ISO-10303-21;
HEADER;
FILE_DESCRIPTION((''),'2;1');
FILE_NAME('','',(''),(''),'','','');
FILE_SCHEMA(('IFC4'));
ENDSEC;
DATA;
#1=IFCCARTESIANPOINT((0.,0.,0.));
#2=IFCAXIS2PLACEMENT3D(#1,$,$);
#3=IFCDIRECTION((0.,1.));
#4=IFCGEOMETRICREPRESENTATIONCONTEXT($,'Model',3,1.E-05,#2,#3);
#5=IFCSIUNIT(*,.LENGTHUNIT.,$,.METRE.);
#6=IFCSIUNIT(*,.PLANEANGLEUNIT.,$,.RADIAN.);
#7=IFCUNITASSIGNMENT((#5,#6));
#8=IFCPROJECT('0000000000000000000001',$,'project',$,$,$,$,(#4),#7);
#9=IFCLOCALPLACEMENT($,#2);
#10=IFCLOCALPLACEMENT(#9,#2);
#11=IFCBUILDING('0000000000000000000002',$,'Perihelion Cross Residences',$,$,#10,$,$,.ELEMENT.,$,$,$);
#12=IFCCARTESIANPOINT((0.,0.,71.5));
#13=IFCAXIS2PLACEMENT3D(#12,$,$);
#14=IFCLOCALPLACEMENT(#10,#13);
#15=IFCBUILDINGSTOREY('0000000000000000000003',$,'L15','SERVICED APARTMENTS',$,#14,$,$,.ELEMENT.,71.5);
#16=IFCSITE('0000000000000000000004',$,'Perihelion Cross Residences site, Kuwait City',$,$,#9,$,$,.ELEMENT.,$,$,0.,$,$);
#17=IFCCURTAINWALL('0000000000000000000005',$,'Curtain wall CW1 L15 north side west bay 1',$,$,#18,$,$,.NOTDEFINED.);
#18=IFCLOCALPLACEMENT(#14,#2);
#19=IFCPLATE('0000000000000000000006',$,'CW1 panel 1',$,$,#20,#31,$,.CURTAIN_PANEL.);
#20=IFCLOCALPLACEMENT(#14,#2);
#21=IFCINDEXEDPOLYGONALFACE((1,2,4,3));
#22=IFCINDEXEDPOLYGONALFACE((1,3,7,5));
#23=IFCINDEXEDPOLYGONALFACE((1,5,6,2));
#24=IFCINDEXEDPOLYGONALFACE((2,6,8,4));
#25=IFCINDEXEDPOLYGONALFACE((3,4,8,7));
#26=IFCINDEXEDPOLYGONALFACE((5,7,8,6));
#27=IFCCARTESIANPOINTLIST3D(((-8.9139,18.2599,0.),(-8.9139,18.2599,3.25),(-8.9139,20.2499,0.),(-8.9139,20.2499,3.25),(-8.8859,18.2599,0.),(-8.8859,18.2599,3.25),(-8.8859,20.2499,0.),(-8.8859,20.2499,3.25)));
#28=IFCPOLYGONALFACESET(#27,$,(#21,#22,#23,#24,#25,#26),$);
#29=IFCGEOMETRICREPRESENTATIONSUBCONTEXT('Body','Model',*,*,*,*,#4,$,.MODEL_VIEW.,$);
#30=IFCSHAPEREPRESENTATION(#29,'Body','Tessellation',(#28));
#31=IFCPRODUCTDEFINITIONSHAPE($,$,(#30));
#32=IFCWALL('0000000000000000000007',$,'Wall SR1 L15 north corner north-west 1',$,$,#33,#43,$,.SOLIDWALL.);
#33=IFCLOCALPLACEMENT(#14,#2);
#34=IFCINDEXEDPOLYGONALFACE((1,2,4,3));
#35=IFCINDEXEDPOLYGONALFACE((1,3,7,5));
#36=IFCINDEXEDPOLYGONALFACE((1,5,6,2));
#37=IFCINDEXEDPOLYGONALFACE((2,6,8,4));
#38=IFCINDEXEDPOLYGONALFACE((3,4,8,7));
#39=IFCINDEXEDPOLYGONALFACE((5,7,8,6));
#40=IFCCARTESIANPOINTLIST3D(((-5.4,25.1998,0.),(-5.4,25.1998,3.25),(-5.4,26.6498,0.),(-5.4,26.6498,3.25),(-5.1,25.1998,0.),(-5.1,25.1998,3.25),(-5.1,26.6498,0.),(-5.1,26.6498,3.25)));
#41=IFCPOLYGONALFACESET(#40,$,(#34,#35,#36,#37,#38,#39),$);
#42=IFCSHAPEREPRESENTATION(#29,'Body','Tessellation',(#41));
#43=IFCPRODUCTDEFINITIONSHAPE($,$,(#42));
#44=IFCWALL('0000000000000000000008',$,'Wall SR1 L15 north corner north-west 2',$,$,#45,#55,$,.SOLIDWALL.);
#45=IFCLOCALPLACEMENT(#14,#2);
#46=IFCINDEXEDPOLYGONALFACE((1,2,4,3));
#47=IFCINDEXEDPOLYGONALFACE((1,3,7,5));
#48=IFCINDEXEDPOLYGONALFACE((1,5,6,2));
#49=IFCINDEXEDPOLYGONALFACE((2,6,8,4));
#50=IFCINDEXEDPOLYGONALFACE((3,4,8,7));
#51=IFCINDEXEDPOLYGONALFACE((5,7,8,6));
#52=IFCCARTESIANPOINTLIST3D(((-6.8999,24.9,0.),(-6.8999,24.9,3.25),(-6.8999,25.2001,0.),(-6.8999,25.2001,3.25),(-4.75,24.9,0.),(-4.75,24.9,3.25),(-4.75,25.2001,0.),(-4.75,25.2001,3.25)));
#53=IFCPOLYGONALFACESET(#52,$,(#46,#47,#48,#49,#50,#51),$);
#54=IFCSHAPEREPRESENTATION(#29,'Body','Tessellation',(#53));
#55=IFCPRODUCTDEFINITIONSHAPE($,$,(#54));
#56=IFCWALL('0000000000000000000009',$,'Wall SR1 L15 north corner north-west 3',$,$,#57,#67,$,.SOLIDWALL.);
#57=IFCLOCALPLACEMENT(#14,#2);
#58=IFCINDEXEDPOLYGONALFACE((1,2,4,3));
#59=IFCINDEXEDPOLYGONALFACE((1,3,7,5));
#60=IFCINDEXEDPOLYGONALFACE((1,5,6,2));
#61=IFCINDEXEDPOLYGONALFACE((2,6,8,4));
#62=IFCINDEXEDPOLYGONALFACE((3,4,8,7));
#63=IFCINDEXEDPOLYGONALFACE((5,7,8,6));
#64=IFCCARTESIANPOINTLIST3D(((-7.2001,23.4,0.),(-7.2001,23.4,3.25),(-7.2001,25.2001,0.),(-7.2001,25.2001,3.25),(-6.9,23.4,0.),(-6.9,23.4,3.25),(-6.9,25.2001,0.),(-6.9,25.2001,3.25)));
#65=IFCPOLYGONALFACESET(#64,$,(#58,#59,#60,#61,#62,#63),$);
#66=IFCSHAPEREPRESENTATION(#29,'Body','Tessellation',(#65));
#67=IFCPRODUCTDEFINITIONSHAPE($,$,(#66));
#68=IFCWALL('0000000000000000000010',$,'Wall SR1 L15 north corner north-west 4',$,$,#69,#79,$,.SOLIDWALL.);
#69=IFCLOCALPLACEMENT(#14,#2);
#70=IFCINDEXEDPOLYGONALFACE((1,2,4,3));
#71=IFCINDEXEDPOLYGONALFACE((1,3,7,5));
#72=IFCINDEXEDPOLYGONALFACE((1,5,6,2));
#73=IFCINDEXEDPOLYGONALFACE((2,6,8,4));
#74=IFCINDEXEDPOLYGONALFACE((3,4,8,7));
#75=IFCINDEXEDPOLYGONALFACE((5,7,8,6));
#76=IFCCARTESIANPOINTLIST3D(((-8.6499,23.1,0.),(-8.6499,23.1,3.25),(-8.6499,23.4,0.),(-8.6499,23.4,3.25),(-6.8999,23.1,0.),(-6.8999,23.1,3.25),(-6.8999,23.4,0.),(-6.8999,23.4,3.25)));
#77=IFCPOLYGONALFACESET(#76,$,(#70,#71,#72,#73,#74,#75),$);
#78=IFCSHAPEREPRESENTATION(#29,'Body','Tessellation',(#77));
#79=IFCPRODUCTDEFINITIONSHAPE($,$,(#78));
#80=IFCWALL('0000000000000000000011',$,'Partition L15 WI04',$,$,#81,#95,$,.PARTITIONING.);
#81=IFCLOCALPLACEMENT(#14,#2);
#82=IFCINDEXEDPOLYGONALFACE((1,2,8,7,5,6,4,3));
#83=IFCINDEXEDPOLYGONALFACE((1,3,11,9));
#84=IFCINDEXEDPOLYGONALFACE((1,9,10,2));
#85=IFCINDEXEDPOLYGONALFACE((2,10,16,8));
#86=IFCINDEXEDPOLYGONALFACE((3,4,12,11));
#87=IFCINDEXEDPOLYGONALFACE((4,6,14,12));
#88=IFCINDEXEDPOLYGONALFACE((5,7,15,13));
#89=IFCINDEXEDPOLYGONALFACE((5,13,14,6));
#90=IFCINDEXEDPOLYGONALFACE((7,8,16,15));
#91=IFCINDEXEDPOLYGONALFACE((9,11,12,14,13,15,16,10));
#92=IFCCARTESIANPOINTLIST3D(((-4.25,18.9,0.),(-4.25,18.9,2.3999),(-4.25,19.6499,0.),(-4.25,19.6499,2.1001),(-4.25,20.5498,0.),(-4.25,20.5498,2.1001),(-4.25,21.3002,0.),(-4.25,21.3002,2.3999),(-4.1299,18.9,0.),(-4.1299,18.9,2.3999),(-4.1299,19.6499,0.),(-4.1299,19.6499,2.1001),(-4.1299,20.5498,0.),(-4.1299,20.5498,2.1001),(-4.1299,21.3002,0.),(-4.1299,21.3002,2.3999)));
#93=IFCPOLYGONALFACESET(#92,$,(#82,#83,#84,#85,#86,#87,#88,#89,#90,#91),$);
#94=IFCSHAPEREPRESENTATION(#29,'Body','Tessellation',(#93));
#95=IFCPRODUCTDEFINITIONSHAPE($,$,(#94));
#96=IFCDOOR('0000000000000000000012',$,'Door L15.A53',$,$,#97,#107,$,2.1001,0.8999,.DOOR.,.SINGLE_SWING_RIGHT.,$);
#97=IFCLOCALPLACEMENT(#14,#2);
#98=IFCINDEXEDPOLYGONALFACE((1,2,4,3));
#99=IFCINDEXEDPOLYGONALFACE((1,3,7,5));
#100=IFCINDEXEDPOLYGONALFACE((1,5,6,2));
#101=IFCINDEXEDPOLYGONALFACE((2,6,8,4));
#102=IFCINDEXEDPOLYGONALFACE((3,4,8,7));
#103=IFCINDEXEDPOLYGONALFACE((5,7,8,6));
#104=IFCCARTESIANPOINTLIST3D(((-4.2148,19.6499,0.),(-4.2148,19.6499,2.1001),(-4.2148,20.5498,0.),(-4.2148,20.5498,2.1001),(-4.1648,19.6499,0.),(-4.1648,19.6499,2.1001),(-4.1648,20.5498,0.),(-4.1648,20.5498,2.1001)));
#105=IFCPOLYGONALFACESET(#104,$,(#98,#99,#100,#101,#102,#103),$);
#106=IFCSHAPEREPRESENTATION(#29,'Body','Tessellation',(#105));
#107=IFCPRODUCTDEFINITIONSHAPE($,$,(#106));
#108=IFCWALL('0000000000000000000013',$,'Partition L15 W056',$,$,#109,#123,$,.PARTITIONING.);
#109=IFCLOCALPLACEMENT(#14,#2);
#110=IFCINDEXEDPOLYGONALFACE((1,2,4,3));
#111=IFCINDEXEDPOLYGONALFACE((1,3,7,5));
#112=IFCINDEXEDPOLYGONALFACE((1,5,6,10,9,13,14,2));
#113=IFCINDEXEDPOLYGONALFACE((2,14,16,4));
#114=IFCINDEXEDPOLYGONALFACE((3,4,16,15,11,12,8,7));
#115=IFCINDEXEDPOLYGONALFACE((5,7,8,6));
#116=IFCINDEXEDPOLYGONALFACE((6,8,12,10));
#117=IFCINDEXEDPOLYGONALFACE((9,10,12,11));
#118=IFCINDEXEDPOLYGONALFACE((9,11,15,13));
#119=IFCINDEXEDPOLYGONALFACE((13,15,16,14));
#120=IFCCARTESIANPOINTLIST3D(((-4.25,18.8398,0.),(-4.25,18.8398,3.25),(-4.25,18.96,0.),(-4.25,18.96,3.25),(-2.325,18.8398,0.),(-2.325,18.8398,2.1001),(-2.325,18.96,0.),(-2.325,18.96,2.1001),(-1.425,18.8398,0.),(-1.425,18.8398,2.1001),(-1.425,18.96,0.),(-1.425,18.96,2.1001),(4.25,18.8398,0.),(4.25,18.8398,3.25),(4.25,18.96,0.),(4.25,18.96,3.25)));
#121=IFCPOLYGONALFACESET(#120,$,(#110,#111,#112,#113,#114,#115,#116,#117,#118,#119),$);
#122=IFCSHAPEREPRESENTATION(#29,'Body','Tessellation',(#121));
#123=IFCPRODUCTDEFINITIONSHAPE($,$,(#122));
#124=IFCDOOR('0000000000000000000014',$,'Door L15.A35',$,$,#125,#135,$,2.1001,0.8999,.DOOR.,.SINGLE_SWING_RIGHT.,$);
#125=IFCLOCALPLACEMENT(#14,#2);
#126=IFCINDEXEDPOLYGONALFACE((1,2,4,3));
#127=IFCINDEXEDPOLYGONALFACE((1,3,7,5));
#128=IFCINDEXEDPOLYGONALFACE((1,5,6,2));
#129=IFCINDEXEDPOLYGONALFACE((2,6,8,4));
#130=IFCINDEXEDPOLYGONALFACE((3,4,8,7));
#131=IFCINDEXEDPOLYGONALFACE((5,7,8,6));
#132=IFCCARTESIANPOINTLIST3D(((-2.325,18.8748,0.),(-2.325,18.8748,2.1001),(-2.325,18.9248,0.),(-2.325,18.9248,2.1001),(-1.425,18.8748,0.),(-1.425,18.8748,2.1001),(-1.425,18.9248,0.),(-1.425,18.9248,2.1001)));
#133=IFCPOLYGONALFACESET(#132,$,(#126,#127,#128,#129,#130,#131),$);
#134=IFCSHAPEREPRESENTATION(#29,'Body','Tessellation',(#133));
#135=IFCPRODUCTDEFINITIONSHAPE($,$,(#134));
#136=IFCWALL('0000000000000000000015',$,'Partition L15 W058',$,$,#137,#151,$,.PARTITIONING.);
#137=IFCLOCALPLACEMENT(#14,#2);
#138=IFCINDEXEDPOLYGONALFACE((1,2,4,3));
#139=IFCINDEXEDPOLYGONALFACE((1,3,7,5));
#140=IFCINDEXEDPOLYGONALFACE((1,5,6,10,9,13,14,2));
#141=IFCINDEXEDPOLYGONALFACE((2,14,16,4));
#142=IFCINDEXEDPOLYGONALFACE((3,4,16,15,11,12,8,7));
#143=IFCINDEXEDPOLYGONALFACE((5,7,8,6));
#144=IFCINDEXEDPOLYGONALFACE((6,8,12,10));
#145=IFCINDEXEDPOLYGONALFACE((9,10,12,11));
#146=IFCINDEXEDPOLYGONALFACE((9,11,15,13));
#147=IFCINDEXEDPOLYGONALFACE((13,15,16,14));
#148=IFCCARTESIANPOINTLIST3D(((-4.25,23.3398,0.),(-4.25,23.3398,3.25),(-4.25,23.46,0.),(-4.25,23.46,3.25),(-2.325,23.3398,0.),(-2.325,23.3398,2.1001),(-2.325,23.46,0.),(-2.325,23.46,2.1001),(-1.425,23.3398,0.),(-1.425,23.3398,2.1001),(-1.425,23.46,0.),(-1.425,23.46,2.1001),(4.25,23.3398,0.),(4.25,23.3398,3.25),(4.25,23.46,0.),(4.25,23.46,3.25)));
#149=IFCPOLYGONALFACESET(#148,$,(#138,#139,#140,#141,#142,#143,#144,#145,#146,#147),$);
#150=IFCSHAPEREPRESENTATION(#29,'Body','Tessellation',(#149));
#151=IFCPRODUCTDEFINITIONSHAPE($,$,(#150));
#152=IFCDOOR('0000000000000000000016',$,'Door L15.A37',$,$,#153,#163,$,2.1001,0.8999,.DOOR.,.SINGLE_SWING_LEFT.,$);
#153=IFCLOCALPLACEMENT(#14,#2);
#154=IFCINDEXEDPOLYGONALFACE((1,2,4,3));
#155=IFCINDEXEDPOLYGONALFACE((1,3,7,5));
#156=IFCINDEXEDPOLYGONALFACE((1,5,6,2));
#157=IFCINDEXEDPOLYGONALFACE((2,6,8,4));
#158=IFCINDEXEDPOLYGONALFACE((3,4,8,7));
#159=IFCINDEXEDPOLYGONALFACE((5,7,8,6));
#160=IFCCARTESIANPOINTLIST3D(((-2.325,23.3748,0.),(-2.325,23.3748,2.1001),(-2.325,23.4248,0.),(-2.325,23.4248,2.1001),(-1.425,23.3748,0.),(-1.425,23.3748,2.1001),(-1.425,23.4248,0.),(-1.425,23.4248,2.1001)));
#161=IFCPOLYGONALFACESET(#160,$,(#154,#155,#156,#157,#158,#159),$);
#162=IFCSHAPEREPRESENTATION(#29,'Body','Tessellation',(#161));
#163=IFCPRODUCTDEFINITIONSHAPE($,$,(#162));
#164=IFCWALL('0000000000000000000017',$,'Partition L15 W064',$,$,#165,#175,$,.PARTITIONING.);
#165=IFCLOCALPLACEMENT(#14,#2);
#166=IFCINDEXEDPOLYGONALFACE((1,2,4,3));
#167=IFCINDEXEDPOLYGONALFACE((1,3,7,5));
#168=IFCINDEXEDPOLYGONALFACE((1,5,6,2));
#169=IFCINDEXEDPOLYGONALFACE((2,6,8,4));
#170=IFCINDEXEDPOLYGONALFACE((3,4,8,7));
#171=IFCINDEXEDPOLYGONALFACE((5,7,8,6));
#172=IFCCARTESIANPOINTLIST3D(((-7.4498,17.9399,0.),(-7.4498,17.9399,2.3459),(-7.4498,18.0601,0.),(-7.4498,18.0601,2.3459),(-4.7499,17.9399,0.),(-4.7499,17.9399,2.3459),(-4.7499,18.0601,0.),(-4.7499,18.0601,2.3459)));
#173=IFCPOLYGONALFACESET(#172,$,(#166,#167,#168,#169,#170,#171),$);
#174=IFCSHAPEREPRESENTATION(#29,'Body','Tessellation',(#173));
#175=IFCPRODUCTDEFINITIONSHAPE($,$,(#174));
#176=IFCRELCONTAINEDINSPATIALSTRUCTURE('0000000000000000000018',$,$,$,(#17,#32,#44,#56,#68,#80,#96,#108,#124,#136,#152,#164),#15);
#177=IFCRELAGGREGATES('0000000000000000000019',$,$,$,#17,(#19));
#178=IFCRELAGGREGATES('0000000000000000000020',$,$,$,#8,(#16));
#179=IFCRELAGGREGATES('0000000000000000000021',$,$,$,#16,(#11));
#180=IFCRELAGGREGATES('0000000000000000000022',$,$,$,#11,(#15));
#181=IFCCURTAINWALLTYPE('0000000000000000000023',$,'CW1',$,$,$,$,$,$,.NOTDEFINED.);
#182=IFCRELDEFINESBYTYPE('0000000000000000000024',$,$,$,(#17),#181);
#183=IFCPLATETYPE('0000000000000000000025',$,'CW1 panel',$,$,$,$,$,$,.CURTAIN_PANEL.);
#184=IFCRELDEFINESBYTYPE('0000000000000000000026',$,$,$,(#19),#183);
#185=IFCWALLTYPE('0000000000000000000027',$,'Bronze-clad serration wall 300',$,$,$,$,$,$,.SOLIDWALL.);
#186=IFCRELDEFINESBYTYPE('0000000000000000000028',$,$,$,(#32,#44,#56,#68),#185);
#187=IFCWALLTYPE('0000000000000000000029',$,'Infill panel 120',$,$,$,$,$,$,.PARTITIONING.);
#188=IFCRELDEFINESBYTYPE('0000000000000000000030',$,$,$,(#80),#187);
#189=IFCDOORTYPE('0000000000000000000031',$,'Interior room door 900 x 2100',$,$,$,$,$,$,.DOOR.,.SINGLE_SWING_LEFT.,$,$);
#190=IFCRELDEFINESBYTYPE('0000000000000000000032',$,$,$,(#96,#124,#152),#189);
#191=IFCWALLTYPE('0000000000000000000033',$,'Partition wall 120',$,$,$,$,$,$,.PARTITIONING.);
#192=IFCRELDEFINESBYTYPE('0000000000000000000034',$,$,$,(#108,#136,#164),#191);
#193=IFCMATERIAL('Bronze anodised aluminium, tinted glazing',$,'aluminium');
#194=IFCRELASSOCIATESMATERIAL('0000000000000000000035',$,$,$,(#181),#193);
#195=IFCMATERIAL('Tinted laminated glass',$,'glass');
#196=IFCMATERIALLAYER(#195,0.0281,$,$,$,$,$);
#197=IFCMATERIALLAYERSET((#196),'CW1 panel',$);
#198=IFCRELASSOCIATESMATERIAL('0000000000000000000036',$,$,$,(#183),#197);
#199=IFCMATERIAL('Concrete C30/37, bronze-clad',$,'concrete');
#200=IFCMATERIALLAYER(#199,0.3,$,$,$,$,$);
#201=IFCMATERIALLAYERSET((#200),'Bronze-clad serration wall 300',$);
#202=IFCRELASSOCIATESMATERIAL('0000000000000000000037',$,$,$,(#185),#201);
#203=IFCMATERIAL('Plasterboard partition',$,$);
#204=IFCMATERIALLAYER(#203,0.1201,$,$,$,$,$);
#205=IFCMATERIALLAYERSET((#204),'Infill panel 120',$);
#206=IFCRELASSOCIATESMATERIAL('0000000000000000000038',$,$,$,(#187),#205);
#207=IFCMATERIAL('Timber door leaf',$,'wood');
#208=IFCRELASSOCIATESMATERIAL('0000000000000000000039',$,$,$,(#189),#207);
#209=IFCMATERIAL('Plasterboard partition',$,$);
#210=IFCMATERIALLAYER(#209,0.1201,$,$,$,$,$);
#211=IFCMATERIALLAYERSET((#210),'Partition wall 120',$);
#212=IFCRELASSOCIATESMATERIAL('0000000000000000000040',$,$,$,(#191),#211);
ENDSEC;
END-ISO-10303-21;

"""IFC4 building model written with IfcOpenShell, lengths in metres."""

from ifc_helpers import new_model, si_unit, direction, frame, frame_2d, origin, origin_2d, place, context, subcontext, project, spatial, rectangle, extrude, material, layer, layer_set, type_object, element, fill, aggregate, save


model = new_model("IFC4")

# Units and contexts
model_context = context("Model", 3, precision=1e-05, world=origin(), true_north=direction((0.0, 1.0)))
body_context = subcontext(model_context, "Body", "Model", "MODEL_VIEW")
ifc_project = project(units=[si_unit("LENGTHUNIT", "METRE"), si_unit("PLANEANGLEUNIT", "RADIAN")], contexts=[model_context])

# Site, building, storey
site_placement = place(None, origin())
site = spatial("IfcSite", under=ifc_project, at=site_placement, Name="Perihelion Cross Residences site, Kuwait City", CompositionType="ELEMENT", RefElevation=0.0)
building_placement = place(site_placement, origin())
building = spatial("IfcBuilding", under=site, at=building_placement, Name="Perihelion Cross Residences", CompositionType="ELEMENT")
storey_placement = place(building_placement, frame((0.0, 0.0, 71.5)))
storey = spatial("IfcBuildingStorey", under=building, at=storey_placement, Name="L15", Description="SERVICED APARTMENTS", CompositionType="ELEMENT", Elevation=71.5)

# Shared definitions
ifc_material_1 = material(Name="Bronze anodised aluminium, tinted glazing", Category="aluminium")
curtain_wall_type = type_object("IfcCurtainWallType", Name="CW1", PredefinedType="NOTDEFINED", material=ifc_material_1)

# Shared definitions
ifc_material_2 = material(Name="Tinted laminated glass", Category="glass")
ifc_layer_1 = layer(ifc_material_2, 0.0281)
ifc_layer_set_1 = layer_set([ifc_layer_1], Name="CW1 panel")
plate_type = type_object("IfcPlateType", Name="CW1 panel", PredefinedType="CURTAIN_PANEL", material=ifc_layer_set_1)

# Curtain wall, plate
curtain_wall_1_placement = place(storey_placement, origin())
curtain_wall_1 = element("IfcCurtainWall", 1, at=curtain_wall_1_placement, inside=storey, type_object=curtain_wall_type, Name="Curtain wall CW1 L15 north side west bay 1", PredefinedType="NOTDEFINED")
plate_1_placement = place(storey_placement, frame((-8.8999, 19.2549, 0.0), z_axis=(0.0, 0.0, 1.0), x_axis=(0.0, -1.0, 0.0)))
plate_1 = element("IfcPlate", 2, at=plate_1_placement, type_object=plate_type, Name="CW1 panel 1", PredefinedType="CURTAIN_PANEL", context=body_context, shape_type="SweptSolid", body=[
    extrude(rectangle(XDim=1.99, YDim=0.0281, at=origin_2d()), origin(), (0.0, 0.0, 1.0), 3.25),
])
aggregate(curtain_wall_1, [plate_1])

# Walls
ifc_material_3 = material(Name="Concrete C30/37, bronze-clad", Category="concrete")
ifc_layer_2 = layer(ifc_material_3, 0.3)
ifc_layer_set_2 = layer_set([ifc_layer_2], Name="Bronze-clad serration wall 300")
wall_type_1 = type_object("IfcWallType", Name="Bronze-clad serration wall 300", PredefinedType="SOLIDWALL", material=ifc_layer_set_2)
wall_1_placement = place(storey_placement, frame((-5.25, 26.6499, 0.0), z_axis=(0.0, 0.0, 1.0), x_axis=(0.0, -1.0, 0.0)))
element("IfcWall", 3, at=wall_1_placement, inside=storey, type_object=wall_type_1, Name="Wall SR1 L15 north corner north-west 1", PredefinedType="SOLIDWALL", context=body_context, shape_type="SweptSolid", body=[
    extrude(rectangle(XDim=1.45, YDim=0.3, at=frame_2d((0.7251, 0.0))), origin(), (0.0, 0.0, 1.0), 3.25),
])
wall_2_placement = place(storey_placement, frame((-4.75, 25.05, 0.0), z_axis=(0.0, 0.0, 1.0), x_axis=(-1.0, 0.0, 0.0)))
element("IfcWall", 4, at=wall_2_placement, inside=storey, type_object=wall_type_1, Name="Wall SR1 L15 north corner north-west 2", PredefinedType="SOLIDWALL", context=body_context, shape_type="SweptSolid", body=[
    extrude(rectangle(XDim=2.1499, YDim=0.3, at=frame_2d((1.075, 0.0))), origin(), (0.0, 0.0, 1.0), 3.25),
])
wall_3_placement = place(storey_placement, frame((-7.05, 25.2, 0.0), z_axis=(0.0, 0.0, 1.0), x_axis=(0.0, -1.0, 0.0)))
element("IfcWall", 5, at=wall_3_placement, inside=storey, type_object=wall_type_1, Name="Wall SR1 L15 north corner north-west 3", PredefinedType="SOLIDWALL", context=body_context, shape_type="SweptSolid", body=[
    extrude(rectangle(XDim=1.8, YDim=0.3, at=frame_2d((0.8999, 0.0))), origin(), (0.0, 0.0, 1.0), 3.25),
])
wall_4_placement = place(storey_placement, frame((-6.8999, 23.25, 0.0), z_axis=(0.0, 0.0, 1.0), x_axis=(-1.0, 0.0, 0.0)))
element("IfcWall", 6, at=wall_4_placement, inside=storey, type_object=wall_type_1, Name="Wall SR1 L15 north corner north-west 4", PredefinedType="SOLIDWALL", context=body_context, shape_type="SweptSolid", body=[
    extrude(rectangle(XDim=1.75, YDim=0.3, at=frame_2d((0.875, 0.0))), origin(), (0.0, 0.0, 1.0), 3.25),
])

# Walls, openings, doors
ifc_material_4 = material(Name="Plasterboard partition")
ifc_layer_3 = layer(ifc_material_4, 0.1201)
ifc_layer_set_3 = layer_set([ifc_layer_3], Name="Infill panel 120")
wall_type_2 = type_object("IfcWallType", Name="Infill panel 120", PredefinedType="PARTITIONING", material=ifc_layer_set_3)
wall_5_placement = place(storey_placement, frame((-4.1899, 18.8999, 0.0), z_axis=(0.0, 0.0, 1.0), x_axis=(0.0, 1.0, 0.0)))
wall_5 = element("IfcWall", 7, at=wall_5_placement, inside=storey, type_object=wall_type_2, Name="Partition L15 WI04", PredefinedType="PARTITIONING", context=body_context, shape_type="SweptSolid", body=[
    extrude(rectangle(XDim=2.4001, YDim=0.1201, at=frame_2d((1.2002, 0.0))), origin(), (0.0, 0.0, 1.0), 2.3999),
])
opening_1_placement = place(wall_5_placement, frame((0.75, 0.0, 0.0)))
opening_1 = element("IfcOpeningElement", 8, at=opening_1_placement, cuts=wall_5, PredefinedType="OPENING", context=body_context, shape_type="SweptSolid", body=[
    extrude(rectangle(XDim=0.8999, YDim=2.1001, at=frame_2d((0.45, 1.05))), frame((0.0, 0.0701, 0.0), z_axis=(0.0, -1.0, 0.0), x_axis=(1.0, 0.0, 0.0)), (0.0, 0.0, 1.0), 0.1401),
])
ifc_material_5 = material(Name="Timber door leaf", Category="wood")
door_type_1 = type_object("IfcDoorType", Name="Interior room door 900 x 2100", OperationType="SINGLE_SWING_LEFT", PredefinedType="DOOR", material=ifc_material_5)
door_1_placement = place(opening_1_placement, origin())
door_1 = element("IfcDoor", 9, at=door_1_placement, inside=storey, type_object=door_type_1, Name="Door L15.A53", OperationType="SINGLE_SWING_RIGHT", OverallHeight=2.1001, OverallWidth=0.8999, PredefinedType="DOOR", context=body_context, shape_type="SweptSolid", body=[
    extrude(rectangle(XDim=0.8999, YDim=2.1001, at=frame_2d((0.45, 1.05))), frame((0.0, 0.0249, 0.0), z_axis=(0.0, -1.0, 0.0), x_axis=(1.0, 0.0, 0.0)), (0.0, 0.0, 1.0), 0.05),
])
fill(opening_1, door_1)
ifc_material_6 = material(Name="Plasterboard partition")
ifc_layer_4 = layer(ifc_material_6, 0.1201)
ifc_layer_set_4 = layer_set([ifc_layer_4], Name="Partition wall 120")
wall_type_3 = type_object("IfcWallType", Name="Partition wall 120", PredefinedType="PARTITIONING", material=ifc_layer_set_4)
wall_6_placement = place(storey_placement, frame((-4.25, 18.8999, 0.0), z_axis=(0.0, 0.0, 1.0), x_axis=(1.0, 0.0, 0.0)))
wall_6 = element("IfcWall", 10, at=wall_6_placement, inside=storey, type_object=wall_type_3, Name="Partition L15 W056", PredefinedType="PARTITIONING", context=body_context, shape_type="SweptSolid", body=[
    extrude(rectangle(XDim=8.5, YDim=0.1201, at=frame_2d((4.25, 0.0))), origin(), (0.0, 0.0, 1.0), 3.25),
])
opening_2_placement = place(wall_6_placement, frame((1.925, 0.0, 0.0)))
opening_2 = element("IfcOpeningElement", 11, at=opening_2_placement, cuts=wall_6, PredefinedType="OPENING", context=body_context, shape_type="SweptSolid", body=[
    extrude(rectangle(XDim=0.8999, YDim=2.1001, at=frame_2d((0.45, 1.05))), frame((0.0, 0.0701, 0.0), z_axis=(0.0, -1.0, 0.0), x_axis=(1.0, 0.0, 0.0)), (0.0, 0.0, 1.0), 0.1401),
])
door_2_placement = place(opening_2_placement, origin())
door_2 = element("IfcDoor", 12, at=door_2_placement, inside=storey, type_object=door_type_1, Name="Door L15.A35", OperationType="SINGLE_SWING_RIGHT", OverallHeight=2.1001, OverallWidth=0.8999, PredefinedType="DOOR", context=body_context, shape_type="SweptSolid", body=[
    extrude(rectangle(XDim=0.8999, YDim=2.1001, at=frame_2d((0.45, 1.05))), frame((0.0, 0.0249, 0.0), z_axis=(0.0, -1.0, 0.0), x_axis=(1.0, 0.0, 0.0)), (0.0, 0.0, 1.0), 0.05),
])
fill(opening_2, door_2)
wall_7_placement = place(storey_placement, frame((-4.25, 23.3999, 0.0), z_axis=(0.0, 0.0, 1.0), x_axis=(1.0, 0.0, 0.0)))
wall_7 = element("IfcWall", 13, at=wall_7_placement, inside=storey, type_object=wall_type_3, Name="Partition L15 W058", PredefinedType="PARTITIONING", context=body_context, shape_type="SweptSolid", body=[
    extrude(rectangle(XDim=8.5, YDim=0.1201, at=frame_2d((4.25, 0.0))), origin(), (0.0, 0.0, 1.0), 3.25),
])
opening_3_placement = place(wall_7_placement, frame((1.925, 0.0, 0.0)))
opening_3 = element("IfcOpeningElement", 14, at=opening_3_placement, cuts=wall_7, PredefinedType="OPENING", context=body_context, shape_type="SweptSolid", body=[
    extrude(rectangle(XDim=0.8999, YDim=2.1001, at=frame_2d((0.45, 1.05))), frame((0.0, 0.0701, 0.0), z_axis=(0.0, -1.0, 0.0), x_axis=(1.0, 0.0, 0.0)), (0.0, 0.0, 1.0), 0.1401),
])
door_3_placement = place(opening_3_placement, origin())
door_3 = element("IfcDoor", 15, at=door_3_placement, inside=storey, type_object=door_type_1, Name="Door L15.A37", OperationType="SINGLE_SWING_LEFT", OverallHeight=2.1001, OverallWidth=0.8999, PredefinedType="DOOR", context=body_context, shape_type="SweptSolid", body=[
    extrude(rectangle(XDim=0.8999, YDim=2.1001, at=frame_2d((0.45, 1.05))), frame((0.0, 0.0249, 0.0), z_axis=(0.0, -1.0, 0.0), x_axis=(1.0, 0.0, 0.0)), (0.0, 0.0, 1.0), 0.05),
])
fill(opening_3, door_3)

# Wall
wall_8_placement = place(storey_placement, frame((-7.45, 18.0, 0.0), z_axis=(0.0, 0.0, 1.0), x_axis=(1.0, 0.0, 0.0)))
element("IfcWall", 16, at=wall_8_placement, inside=storey, type_object=wall_type_3, Name="Partition L15 W064", PredefinedType="PARTITIONING", context=body_context, shape_type="SweptSolid", body=[
    extrude(rectangle(XDim=2.7, YDim=0.1201, at=frame_2d((1.3501, 0.0))), origin(), (0.0, 0.0, 1.0), 2.3459),
])

save(model, "model.ifc")
